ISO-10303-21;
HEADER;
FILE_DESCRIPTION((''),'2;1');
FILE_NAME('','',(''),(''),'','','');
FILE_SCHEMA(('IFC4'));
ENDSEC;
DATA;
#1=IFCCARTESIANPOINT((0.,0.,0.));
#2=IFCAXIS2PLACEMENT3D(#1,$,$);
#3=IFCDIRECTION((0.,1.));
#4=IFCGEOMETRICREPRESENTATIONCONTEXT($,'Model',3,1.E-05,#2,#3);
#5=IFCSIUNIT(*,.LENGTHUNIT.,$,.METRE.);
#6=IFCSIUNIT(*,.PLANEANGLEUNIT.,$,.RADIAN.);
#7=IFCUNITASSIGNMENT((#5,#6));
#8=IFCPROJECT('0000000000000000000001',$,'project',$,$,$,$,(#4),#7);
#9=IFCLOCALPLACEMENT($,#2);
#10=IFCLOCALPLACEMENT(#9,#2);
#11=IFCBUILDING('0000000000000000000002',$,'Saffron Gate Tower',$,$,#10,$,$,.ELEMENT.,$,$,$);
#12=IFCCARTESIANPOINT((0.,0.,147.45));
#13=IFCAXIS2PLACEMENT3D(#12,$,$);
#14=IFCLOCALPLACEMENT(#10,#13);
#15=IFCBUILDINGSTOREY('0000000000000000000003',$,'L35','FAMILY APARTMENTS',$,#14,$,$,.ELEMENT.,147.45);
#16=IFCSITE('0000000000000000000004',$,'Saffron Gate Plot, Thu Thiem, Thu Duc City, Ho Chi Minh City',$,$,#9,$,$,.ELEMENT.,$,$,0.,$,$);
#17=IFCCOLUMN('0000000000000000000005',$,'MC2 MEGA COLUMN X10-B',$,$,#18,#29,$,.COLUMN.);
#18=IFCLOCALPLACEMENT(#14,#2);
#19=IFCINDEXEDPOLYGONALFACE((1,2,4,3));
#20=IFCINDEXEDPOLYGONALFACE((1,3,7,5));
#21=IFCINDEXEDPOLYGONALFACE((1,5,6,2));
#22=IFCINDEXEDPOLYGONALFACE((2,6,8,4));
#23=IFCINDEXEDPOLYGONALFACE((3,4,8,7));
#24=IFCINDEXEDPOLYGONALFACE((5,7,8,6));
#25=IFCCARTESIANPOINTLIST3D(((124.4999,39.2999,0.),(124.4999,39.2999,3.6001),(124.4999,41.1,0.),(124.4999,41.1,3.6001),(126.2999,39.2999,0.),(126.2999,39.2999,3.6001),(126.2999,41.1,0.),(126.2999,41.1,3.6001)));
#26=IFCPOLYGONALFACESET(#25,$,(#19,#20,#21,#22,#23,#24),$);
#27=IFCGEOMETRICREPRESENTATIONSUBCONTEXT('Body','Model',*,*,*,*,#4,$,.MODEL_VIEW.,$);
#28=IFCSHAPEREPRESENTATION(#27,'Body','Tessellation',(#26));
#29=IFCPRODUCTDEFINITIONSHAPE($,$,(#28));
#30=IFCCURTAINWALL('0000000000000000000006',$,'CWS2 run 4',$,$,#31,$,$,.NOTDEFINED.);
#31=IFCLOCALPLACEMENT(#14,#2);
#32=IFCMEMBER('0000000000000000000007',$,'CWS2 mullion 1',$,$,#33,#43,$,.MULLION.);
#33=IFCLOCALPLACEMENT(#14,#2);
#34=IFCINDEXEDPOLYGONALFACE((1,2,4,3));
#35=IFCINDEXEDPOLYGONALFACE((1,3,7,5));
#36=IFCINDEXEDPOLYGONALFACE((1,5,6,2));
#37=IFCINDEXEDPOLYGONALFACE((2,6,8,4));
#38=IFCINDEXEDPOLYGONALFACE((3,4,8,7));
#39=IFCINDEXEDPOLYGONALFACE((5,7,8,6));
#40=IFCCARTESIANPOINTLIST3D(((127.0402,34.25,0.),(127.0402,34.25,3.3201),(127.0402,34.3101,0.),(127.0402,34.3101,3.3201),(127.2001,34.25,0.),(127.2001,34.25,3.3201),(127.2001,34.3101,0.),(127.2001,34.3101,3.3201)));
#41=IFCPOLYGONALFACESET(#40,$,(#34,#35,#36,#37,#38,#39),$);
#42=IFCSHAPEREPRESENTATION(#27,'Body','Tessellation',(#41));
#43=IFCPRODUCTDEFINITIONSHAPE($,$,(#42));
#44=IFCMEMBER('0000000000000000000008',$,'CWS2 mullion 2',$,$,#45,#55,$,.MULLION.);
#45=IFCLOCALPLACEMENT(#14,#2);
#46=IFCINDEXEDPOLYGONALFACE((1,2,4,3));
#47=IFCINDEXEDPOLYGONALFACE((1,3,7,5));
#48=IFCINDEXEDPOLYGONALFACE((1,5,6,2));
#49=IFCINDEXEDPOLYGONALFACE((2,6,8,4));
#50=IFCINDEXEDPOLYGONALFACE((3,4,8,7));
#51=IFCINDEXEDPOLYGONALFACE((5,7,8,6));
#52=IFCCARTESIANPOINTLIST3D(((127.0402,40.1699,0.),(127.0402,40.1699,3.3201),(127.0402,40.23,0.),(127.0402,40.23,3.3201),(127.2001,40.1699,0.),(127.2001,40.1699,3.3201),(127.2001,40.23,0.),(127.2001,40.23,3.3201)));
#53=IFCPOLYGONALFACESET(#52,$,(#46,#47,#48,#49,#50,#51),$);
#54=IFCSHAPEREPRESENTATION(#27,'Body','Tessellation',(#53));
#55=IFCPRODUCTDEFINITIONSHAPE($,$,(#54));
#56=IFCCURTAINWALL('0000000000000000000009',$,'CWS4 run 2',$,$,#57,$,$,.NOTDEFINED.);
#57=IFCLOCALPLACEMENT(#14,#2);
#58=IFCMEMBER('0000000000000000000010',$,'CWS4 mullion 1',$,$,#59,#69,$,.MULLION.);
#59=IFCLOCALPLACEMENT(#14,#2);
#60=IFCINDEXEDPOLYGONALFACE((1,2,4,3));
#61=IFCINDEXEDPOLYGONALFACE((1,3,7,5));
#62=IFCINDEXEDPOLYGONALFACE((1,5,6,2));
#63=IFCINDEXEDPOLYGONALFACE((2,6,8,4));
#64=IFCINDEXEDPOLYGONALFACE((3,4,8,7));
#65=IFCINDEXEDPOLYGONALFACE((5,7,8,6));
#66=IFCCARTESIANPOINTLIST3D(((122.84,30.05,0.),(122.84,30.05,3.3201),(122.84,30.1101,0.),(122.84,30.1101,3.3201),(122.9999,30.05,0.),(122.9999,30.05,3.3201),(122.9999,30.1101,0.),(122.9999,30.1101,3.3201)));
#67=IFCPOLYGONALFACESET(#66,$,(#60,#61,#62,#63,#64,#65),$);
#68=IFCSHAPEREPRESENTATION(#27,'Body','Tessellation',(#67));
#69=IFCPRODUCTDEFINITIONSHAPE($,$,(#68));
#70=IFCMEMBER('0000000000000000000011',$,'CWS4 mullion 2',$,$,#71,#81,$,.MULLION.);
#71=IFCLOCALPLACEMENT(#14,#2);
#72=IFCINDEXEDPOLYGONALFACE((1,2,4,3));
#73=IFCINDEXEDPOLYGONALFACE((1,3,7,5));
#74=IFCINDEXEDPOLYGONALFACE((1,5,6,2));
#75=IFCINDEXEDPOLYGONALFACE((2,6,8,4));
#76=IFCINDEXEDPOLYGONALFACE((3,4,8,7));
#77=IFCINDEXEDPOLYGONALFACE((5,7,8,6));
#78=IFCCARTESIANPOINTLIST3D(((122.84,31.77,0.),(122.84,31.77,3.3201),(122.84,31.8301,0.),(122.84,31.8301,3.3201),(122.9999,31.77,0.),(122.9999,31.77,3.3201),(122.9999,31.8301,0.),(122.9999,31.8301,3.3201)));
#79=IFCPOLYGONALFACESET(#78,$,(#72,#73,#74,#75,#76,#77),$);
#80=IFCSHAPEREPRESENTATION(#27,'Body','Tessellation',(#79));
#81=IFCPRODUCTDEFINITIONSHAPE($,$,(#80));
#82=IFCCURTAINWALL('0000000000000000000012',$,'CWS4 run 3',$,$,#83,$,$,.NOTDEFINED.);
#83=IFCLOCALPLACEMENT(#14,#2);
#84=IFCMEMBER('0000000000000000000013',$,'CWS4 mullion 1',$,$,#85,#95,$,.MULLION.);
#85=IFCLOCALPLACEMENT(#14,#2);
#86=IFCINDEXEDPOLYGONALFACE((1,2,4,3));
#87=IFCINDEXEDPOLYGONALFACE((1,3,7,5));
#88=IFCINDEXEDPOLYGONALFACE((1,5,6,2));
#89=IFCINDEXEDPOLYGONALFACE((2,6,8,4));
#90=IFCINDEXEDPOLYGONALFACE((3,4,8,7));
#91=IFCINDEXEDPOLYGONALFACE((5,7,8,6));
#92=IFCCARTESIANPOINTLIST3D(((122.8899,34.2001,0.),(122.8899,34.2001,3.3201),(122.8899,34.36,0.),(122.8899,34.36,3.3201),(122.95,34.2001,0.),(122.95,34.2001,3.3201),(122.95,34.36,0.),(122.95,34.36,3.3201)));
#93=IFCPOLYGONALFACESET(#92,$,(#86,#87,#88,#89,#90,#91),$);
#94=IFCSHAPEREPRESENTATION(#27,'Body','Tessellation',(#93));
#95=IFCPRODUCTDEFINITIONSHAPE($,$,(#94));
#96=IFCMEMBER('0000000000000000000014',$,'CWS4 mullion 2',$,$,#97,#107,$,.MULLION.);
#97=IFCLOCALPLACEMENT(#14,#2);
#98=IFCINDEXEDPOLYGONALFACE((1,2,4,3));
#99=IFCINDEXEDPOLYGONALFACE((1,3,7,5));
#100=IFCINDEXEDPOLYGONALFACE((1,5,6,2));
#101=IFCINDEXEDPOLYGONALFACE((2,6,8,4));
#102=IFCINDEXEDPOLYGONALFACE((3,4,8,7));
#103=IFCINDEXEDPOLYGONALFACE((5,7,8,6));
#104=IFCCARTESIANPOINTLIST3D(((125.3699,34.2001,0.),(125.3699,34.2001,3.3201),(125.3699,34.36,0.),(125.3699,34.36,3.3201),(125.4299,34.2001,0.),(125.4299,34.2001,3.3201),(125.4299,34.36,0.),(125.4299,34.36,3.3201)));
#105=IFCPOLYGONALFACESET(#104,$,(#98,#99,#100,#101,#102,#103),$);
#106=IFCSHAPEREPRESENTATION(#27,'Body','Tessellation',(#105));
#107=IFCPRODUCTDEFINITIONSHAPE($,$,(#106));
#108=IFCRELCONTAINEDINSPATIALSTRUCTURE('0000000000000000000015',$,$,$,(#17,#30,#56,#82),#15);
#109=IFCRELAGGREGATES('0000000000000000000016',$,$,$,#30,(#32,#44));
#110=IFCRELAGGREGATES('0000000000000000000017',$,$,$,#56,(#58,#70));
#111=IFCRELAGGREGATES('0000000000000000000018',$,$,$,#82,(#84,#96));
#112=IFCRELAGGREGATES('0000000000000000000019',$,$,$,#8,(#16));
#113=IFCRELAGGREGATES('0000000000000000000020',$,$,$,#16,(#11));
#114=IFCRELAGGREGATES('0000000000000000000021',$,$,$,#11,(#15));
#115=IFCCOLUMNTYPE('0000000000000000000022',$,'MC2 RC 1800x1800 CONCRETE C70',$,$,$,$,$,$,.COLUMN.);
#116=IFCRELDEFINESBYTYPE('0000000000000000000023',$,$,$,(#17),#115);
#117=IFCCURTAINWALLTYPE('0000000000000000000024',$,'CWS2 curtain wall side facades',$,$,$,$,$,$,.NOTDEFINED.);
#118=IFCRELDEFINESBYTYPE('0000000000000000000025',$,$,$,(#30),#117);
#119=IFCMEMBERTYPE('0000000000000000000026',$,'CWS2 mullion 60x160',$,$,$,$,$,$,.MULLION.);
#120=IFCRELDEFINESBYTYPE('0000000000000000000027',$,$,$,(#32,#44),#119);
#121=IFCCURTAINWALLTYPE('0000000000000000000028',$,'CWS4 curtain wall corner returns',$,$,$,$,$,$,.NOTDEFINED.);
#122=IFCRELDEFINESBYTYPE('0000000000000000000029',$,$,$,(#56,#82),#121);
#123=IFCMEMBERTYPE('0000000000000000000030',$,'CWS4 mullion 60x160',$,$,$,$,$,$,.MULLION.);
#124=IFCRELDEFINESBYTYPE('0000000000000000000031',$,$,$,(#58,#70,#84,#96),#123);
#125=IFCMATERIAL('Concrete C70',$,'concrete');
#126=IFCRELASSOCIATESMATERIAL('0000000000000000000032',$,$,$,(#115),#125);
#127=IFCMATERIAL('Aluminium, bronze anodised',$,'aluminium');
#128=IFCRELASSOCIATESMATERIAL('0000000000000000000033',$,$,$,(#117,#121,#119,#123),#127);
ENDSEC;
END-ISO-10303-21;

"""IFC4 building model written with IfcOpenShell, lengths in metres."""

from ifc_helpers import new_model, si_unit, direction, frame, origin, origin_2d, place, context, subcontext, project, spatial, rectangle, extrude, material, material_profile, profile_set, type_object, element, aggregate, save


model = new_model("IFC4")

# Units and contexts
model_context = context("Model", 3, precision=1e-05, world=origin(), true_north=direction((0.0, 1.0)))
body_context = subcontext(model_context, "Body", "Model", "MODEL_VIEW")
ifc_project = project(units=[si_unit("LENGTHUNIT", "METRE"), si_unit("PLANEANGLEUNIT", "RADIAN")], contexts=[model_context])

# Site, building, storey
site_placement = place(None, origin())
site = spatial("IfcSite", under=ifc_project, at=site_placement, Name="Saffron Gate Plot, Thu Thiem, Thu Duc City, Ho Chi Minh City", CompositionType="ELEMENT", RefElevation=0.0)
building_placement = place(site_placement, origin())
building = spatial("IfcBuilding", under=site, at=building_placement, Name="Saffron Gate Tower", CompositionType="ELEMENT")
storey_placement = place(building_placement, frame((0.0, 0.0, 147.45)))
storey = spatial("IfcBuildingStorey", under=building, at=storey_placement, Name="L35", Description="FAMILY APARTMENTS", CompositionType="ELEMENT", Elevation=147.45)

# Column
ifc_material_1 = material(Name="Concrete C70", Category="concrete")
ifc_material_profile_1 = material_profile(ifc_material_1, rectangle(XDim=1.8, YDim=1.8, at=origin_2d()))
ifc_profile_set_1 = profile_set([ifc_material_profile_1], Name="Concrete C70")
column_type = type_object("IfcColumnType", Name="MC2 RC 1800x1800 CONCRETE C70", PredefinedType="COLUMN", material=ifc_profile_set_1)
column_placement = place(storey_placement, frame((125.3999, 40.2, 0.0), z_axis=(0.0, 0.0, 1.0), x_axis=(1.0, 0.0, 0.0)))
element("IfcColumn", 1, at=column_placement, inside=storey, type_object=column_type, Name="MC2 MEGA COLUMN X10-B", PredefinedType="COLUMN", context=body_context, shape_type="SweptSolid", body=[
    extrude(rectangle(XDim=1.8, YDim=1.8, at=origin_2d()), origin(), (0.0, 0.0, 1.0), 3.6001),
])

# Curtain walls, members
ifc_material_2 = material(Name="Aluminium, bronze anodised", Category="aluminium")
curtain_wall_type_1 = type_object("IfcCurtainWallType", Name="CWS2 curtain wall side facades", PredefinedType="NOTDEFINED", material=ifc_material_2)
curtain_wall_1_placement = place(storey_placement, origin())
curtain_wall_1 = element("IfcCurtainWall", 2, at=curtain_wall_1_placement, inside=storey, type_object=curtain_wall_type_1, Name="CWS2 run 4", PredefinedType="NOTDEFINED")
ifc_material_profile_2 = material_profile(ifc_material_2, rectangle(XDim=0.1599, YDim=0.0601, at=origin_2d()))
ifc_profile_set_2 = profile_set([ifc_material_profile_2], Name="Aluminium, bronze anodised")
member_type_1 = type_object("IfcMemberType", Name="CWS2 mullion 60x160", PredefinedType="MULLION", material=ifc_profile_set_2)
member_1_placement = place(storey_placement, frame((127.1201, 34.28, 0.0), z_axis=(0.0, 0.0, 1.0), x_axis=(-1.0, 0.0, 0.0)))
member_1 = element("IfcMember", 3, at=member_1_placement, type_object=member_type_1, Name="CWS2 mullion 1", PredefinedType="MULLION", context=body_context, shape_type="SweptSolid", body=[
    extrude(rectangle(XDim=0.1599, YDim=0.0601, at=origin_2d()), origin(), (0.0, 0.0, 1.0), 3.3201),
])
member_2_placement = place(storey_placement, frame((127.1201, 40.2, 0.0), z_axis=(0.0, 0.0, 1.0), x_axis=(-1.0, 0.0, 0.0)))
member_2 = element("IfcMember", 4, at=member_2_placement, type_object=member_type_1, Name="CWS2 mullion 2", PredefinedType="MULLION", context=body_context, shape_type="SweptSolid", body=[
    extrude(rectangle(XDim=0.1599, YDim=0.0601, at=origin_2d()), origin(), (0.0, 0.0, 1.0), 3.3201),
])
curtain_wall_type_2 = type_object("IfcCurtainWallType", Name="CWS4 curtain wall corner returns", PredefinedType="NOTDEFINED", material=ifc_material_2)
curtain_wall_2_placement = place(storey_placement, origin())
curtain_wall_2 = element("IfcCurtainWall", 5, at=curtain_wall_2_placement, inside=storey, type_object=curtain_wall_type_2, Name="CWS4 run 2", PredefinedType="NOTDEFINED")
ifc_material_profile_3 = material_profile(ifc_material_2, rectangle(XDim=0.1599, YDim=0.0601, at=origin_2d()))
ifc_profile_set_3 = profile_set([ifc_material_profile_3], Name="Aluminium, bronze anodised")
member_type_2 = type_object("IfcMemberType", Name="CWS4 mullion 60x160", PredefinedType="MULLION", material=ifc_profile_set_3)
member_3_placement = place(storey_placement, frame((122.9199, 30.0801, 0.0), z_axis=(0.0, 0.0, 1.0), x_axis=(-1.0, 0.0, 0.0)))
member_3 = element("IfcMember", 6, at=member_3_placement, type_object=member_type_2, Name="CWS4 mullion 1", PredefinedType="MULLION", context=body_context, shape_type="SweptSolid", body=[
    extrude(rectangle(XDim=0.1599, YDim=0.0601, at=origin_2d()), origin(), (0.0, 0.0, 1.0), 3.3201),
])
member_4_placement = place(storey_placement, frame((122.9199, 31.8, 0.0), z_axis=(0.0, 0.0, 1.0), x_axis=(-1.0, 0.0, 0.0)))
member_4 = element("IfcMember", 7, at=member_4_placement, type_object=member_type_2, Name="CWS4 mullion 2", PredefinedType="MULLION", context=body_context, shape_type="SweptSolid", body=[
    extrude(rectangle(XDim=0.1599, YDim=0.0601, at=origin_2d()), origin(), (0.0, 0.0, 1.0), 3.3201),
])
curtain_wall_3_placement = place(storey_placement, origin())
curtain_wall_3 = element("IfcCurtainWall", 8, at=curtain_wall_3_placement, inside=storey, type_object=curtain_wall_type_2, Name="CWS4 run 3", PredefinedType="NOTDEFINED")
member_5_placement = place(storey_placement, frame((122.9199, 34.28, 0.0), z_axis=(0.0, 0.0, 1.0), x_axis=(0.0, 1.0, 0.0)))
member_5 = element("IfcMember", 9, at=member_5_placement, type_object=member_type_2, Name="CWS4 mullion 1", PredefinedType="MULLION", context=body_context, shape_type="SweptSolid", body=[
    extrude(rectangle(XDim=0.1599, YDim=0.0601, at=origin_2d()), origin(), (0.0, 0.0, 1.0), 3.3201),
])
member_6_placement = place(storey_placement, frame((125.3999, 34.28, 0.0), z_axis=(0.0, 0.0, 1.0), x_axis=(0.0, 1.0, 0.0)))
member_6 = element("IfcMember", 10, at=member_6_placement, type_object=member_type_2, Name="CWS4 mullion 2", PredefinedType="MULLION", context=body_context, shape_type="SweptSolid", body=[
    extrude(rectangle(XDim=0.1599, YDim=0.0601, at=origin_2d()), origin(), (0.0, 0.0, 1.0), 3.3201),
])

aggregate(curtain_wall_1, [member_1, member_2])

aggregate(curtain_wall_2, [member_3, member_4])
aggregate(curtain_wall_3, [member_5, member_6])

save(model, "model.ifc")
